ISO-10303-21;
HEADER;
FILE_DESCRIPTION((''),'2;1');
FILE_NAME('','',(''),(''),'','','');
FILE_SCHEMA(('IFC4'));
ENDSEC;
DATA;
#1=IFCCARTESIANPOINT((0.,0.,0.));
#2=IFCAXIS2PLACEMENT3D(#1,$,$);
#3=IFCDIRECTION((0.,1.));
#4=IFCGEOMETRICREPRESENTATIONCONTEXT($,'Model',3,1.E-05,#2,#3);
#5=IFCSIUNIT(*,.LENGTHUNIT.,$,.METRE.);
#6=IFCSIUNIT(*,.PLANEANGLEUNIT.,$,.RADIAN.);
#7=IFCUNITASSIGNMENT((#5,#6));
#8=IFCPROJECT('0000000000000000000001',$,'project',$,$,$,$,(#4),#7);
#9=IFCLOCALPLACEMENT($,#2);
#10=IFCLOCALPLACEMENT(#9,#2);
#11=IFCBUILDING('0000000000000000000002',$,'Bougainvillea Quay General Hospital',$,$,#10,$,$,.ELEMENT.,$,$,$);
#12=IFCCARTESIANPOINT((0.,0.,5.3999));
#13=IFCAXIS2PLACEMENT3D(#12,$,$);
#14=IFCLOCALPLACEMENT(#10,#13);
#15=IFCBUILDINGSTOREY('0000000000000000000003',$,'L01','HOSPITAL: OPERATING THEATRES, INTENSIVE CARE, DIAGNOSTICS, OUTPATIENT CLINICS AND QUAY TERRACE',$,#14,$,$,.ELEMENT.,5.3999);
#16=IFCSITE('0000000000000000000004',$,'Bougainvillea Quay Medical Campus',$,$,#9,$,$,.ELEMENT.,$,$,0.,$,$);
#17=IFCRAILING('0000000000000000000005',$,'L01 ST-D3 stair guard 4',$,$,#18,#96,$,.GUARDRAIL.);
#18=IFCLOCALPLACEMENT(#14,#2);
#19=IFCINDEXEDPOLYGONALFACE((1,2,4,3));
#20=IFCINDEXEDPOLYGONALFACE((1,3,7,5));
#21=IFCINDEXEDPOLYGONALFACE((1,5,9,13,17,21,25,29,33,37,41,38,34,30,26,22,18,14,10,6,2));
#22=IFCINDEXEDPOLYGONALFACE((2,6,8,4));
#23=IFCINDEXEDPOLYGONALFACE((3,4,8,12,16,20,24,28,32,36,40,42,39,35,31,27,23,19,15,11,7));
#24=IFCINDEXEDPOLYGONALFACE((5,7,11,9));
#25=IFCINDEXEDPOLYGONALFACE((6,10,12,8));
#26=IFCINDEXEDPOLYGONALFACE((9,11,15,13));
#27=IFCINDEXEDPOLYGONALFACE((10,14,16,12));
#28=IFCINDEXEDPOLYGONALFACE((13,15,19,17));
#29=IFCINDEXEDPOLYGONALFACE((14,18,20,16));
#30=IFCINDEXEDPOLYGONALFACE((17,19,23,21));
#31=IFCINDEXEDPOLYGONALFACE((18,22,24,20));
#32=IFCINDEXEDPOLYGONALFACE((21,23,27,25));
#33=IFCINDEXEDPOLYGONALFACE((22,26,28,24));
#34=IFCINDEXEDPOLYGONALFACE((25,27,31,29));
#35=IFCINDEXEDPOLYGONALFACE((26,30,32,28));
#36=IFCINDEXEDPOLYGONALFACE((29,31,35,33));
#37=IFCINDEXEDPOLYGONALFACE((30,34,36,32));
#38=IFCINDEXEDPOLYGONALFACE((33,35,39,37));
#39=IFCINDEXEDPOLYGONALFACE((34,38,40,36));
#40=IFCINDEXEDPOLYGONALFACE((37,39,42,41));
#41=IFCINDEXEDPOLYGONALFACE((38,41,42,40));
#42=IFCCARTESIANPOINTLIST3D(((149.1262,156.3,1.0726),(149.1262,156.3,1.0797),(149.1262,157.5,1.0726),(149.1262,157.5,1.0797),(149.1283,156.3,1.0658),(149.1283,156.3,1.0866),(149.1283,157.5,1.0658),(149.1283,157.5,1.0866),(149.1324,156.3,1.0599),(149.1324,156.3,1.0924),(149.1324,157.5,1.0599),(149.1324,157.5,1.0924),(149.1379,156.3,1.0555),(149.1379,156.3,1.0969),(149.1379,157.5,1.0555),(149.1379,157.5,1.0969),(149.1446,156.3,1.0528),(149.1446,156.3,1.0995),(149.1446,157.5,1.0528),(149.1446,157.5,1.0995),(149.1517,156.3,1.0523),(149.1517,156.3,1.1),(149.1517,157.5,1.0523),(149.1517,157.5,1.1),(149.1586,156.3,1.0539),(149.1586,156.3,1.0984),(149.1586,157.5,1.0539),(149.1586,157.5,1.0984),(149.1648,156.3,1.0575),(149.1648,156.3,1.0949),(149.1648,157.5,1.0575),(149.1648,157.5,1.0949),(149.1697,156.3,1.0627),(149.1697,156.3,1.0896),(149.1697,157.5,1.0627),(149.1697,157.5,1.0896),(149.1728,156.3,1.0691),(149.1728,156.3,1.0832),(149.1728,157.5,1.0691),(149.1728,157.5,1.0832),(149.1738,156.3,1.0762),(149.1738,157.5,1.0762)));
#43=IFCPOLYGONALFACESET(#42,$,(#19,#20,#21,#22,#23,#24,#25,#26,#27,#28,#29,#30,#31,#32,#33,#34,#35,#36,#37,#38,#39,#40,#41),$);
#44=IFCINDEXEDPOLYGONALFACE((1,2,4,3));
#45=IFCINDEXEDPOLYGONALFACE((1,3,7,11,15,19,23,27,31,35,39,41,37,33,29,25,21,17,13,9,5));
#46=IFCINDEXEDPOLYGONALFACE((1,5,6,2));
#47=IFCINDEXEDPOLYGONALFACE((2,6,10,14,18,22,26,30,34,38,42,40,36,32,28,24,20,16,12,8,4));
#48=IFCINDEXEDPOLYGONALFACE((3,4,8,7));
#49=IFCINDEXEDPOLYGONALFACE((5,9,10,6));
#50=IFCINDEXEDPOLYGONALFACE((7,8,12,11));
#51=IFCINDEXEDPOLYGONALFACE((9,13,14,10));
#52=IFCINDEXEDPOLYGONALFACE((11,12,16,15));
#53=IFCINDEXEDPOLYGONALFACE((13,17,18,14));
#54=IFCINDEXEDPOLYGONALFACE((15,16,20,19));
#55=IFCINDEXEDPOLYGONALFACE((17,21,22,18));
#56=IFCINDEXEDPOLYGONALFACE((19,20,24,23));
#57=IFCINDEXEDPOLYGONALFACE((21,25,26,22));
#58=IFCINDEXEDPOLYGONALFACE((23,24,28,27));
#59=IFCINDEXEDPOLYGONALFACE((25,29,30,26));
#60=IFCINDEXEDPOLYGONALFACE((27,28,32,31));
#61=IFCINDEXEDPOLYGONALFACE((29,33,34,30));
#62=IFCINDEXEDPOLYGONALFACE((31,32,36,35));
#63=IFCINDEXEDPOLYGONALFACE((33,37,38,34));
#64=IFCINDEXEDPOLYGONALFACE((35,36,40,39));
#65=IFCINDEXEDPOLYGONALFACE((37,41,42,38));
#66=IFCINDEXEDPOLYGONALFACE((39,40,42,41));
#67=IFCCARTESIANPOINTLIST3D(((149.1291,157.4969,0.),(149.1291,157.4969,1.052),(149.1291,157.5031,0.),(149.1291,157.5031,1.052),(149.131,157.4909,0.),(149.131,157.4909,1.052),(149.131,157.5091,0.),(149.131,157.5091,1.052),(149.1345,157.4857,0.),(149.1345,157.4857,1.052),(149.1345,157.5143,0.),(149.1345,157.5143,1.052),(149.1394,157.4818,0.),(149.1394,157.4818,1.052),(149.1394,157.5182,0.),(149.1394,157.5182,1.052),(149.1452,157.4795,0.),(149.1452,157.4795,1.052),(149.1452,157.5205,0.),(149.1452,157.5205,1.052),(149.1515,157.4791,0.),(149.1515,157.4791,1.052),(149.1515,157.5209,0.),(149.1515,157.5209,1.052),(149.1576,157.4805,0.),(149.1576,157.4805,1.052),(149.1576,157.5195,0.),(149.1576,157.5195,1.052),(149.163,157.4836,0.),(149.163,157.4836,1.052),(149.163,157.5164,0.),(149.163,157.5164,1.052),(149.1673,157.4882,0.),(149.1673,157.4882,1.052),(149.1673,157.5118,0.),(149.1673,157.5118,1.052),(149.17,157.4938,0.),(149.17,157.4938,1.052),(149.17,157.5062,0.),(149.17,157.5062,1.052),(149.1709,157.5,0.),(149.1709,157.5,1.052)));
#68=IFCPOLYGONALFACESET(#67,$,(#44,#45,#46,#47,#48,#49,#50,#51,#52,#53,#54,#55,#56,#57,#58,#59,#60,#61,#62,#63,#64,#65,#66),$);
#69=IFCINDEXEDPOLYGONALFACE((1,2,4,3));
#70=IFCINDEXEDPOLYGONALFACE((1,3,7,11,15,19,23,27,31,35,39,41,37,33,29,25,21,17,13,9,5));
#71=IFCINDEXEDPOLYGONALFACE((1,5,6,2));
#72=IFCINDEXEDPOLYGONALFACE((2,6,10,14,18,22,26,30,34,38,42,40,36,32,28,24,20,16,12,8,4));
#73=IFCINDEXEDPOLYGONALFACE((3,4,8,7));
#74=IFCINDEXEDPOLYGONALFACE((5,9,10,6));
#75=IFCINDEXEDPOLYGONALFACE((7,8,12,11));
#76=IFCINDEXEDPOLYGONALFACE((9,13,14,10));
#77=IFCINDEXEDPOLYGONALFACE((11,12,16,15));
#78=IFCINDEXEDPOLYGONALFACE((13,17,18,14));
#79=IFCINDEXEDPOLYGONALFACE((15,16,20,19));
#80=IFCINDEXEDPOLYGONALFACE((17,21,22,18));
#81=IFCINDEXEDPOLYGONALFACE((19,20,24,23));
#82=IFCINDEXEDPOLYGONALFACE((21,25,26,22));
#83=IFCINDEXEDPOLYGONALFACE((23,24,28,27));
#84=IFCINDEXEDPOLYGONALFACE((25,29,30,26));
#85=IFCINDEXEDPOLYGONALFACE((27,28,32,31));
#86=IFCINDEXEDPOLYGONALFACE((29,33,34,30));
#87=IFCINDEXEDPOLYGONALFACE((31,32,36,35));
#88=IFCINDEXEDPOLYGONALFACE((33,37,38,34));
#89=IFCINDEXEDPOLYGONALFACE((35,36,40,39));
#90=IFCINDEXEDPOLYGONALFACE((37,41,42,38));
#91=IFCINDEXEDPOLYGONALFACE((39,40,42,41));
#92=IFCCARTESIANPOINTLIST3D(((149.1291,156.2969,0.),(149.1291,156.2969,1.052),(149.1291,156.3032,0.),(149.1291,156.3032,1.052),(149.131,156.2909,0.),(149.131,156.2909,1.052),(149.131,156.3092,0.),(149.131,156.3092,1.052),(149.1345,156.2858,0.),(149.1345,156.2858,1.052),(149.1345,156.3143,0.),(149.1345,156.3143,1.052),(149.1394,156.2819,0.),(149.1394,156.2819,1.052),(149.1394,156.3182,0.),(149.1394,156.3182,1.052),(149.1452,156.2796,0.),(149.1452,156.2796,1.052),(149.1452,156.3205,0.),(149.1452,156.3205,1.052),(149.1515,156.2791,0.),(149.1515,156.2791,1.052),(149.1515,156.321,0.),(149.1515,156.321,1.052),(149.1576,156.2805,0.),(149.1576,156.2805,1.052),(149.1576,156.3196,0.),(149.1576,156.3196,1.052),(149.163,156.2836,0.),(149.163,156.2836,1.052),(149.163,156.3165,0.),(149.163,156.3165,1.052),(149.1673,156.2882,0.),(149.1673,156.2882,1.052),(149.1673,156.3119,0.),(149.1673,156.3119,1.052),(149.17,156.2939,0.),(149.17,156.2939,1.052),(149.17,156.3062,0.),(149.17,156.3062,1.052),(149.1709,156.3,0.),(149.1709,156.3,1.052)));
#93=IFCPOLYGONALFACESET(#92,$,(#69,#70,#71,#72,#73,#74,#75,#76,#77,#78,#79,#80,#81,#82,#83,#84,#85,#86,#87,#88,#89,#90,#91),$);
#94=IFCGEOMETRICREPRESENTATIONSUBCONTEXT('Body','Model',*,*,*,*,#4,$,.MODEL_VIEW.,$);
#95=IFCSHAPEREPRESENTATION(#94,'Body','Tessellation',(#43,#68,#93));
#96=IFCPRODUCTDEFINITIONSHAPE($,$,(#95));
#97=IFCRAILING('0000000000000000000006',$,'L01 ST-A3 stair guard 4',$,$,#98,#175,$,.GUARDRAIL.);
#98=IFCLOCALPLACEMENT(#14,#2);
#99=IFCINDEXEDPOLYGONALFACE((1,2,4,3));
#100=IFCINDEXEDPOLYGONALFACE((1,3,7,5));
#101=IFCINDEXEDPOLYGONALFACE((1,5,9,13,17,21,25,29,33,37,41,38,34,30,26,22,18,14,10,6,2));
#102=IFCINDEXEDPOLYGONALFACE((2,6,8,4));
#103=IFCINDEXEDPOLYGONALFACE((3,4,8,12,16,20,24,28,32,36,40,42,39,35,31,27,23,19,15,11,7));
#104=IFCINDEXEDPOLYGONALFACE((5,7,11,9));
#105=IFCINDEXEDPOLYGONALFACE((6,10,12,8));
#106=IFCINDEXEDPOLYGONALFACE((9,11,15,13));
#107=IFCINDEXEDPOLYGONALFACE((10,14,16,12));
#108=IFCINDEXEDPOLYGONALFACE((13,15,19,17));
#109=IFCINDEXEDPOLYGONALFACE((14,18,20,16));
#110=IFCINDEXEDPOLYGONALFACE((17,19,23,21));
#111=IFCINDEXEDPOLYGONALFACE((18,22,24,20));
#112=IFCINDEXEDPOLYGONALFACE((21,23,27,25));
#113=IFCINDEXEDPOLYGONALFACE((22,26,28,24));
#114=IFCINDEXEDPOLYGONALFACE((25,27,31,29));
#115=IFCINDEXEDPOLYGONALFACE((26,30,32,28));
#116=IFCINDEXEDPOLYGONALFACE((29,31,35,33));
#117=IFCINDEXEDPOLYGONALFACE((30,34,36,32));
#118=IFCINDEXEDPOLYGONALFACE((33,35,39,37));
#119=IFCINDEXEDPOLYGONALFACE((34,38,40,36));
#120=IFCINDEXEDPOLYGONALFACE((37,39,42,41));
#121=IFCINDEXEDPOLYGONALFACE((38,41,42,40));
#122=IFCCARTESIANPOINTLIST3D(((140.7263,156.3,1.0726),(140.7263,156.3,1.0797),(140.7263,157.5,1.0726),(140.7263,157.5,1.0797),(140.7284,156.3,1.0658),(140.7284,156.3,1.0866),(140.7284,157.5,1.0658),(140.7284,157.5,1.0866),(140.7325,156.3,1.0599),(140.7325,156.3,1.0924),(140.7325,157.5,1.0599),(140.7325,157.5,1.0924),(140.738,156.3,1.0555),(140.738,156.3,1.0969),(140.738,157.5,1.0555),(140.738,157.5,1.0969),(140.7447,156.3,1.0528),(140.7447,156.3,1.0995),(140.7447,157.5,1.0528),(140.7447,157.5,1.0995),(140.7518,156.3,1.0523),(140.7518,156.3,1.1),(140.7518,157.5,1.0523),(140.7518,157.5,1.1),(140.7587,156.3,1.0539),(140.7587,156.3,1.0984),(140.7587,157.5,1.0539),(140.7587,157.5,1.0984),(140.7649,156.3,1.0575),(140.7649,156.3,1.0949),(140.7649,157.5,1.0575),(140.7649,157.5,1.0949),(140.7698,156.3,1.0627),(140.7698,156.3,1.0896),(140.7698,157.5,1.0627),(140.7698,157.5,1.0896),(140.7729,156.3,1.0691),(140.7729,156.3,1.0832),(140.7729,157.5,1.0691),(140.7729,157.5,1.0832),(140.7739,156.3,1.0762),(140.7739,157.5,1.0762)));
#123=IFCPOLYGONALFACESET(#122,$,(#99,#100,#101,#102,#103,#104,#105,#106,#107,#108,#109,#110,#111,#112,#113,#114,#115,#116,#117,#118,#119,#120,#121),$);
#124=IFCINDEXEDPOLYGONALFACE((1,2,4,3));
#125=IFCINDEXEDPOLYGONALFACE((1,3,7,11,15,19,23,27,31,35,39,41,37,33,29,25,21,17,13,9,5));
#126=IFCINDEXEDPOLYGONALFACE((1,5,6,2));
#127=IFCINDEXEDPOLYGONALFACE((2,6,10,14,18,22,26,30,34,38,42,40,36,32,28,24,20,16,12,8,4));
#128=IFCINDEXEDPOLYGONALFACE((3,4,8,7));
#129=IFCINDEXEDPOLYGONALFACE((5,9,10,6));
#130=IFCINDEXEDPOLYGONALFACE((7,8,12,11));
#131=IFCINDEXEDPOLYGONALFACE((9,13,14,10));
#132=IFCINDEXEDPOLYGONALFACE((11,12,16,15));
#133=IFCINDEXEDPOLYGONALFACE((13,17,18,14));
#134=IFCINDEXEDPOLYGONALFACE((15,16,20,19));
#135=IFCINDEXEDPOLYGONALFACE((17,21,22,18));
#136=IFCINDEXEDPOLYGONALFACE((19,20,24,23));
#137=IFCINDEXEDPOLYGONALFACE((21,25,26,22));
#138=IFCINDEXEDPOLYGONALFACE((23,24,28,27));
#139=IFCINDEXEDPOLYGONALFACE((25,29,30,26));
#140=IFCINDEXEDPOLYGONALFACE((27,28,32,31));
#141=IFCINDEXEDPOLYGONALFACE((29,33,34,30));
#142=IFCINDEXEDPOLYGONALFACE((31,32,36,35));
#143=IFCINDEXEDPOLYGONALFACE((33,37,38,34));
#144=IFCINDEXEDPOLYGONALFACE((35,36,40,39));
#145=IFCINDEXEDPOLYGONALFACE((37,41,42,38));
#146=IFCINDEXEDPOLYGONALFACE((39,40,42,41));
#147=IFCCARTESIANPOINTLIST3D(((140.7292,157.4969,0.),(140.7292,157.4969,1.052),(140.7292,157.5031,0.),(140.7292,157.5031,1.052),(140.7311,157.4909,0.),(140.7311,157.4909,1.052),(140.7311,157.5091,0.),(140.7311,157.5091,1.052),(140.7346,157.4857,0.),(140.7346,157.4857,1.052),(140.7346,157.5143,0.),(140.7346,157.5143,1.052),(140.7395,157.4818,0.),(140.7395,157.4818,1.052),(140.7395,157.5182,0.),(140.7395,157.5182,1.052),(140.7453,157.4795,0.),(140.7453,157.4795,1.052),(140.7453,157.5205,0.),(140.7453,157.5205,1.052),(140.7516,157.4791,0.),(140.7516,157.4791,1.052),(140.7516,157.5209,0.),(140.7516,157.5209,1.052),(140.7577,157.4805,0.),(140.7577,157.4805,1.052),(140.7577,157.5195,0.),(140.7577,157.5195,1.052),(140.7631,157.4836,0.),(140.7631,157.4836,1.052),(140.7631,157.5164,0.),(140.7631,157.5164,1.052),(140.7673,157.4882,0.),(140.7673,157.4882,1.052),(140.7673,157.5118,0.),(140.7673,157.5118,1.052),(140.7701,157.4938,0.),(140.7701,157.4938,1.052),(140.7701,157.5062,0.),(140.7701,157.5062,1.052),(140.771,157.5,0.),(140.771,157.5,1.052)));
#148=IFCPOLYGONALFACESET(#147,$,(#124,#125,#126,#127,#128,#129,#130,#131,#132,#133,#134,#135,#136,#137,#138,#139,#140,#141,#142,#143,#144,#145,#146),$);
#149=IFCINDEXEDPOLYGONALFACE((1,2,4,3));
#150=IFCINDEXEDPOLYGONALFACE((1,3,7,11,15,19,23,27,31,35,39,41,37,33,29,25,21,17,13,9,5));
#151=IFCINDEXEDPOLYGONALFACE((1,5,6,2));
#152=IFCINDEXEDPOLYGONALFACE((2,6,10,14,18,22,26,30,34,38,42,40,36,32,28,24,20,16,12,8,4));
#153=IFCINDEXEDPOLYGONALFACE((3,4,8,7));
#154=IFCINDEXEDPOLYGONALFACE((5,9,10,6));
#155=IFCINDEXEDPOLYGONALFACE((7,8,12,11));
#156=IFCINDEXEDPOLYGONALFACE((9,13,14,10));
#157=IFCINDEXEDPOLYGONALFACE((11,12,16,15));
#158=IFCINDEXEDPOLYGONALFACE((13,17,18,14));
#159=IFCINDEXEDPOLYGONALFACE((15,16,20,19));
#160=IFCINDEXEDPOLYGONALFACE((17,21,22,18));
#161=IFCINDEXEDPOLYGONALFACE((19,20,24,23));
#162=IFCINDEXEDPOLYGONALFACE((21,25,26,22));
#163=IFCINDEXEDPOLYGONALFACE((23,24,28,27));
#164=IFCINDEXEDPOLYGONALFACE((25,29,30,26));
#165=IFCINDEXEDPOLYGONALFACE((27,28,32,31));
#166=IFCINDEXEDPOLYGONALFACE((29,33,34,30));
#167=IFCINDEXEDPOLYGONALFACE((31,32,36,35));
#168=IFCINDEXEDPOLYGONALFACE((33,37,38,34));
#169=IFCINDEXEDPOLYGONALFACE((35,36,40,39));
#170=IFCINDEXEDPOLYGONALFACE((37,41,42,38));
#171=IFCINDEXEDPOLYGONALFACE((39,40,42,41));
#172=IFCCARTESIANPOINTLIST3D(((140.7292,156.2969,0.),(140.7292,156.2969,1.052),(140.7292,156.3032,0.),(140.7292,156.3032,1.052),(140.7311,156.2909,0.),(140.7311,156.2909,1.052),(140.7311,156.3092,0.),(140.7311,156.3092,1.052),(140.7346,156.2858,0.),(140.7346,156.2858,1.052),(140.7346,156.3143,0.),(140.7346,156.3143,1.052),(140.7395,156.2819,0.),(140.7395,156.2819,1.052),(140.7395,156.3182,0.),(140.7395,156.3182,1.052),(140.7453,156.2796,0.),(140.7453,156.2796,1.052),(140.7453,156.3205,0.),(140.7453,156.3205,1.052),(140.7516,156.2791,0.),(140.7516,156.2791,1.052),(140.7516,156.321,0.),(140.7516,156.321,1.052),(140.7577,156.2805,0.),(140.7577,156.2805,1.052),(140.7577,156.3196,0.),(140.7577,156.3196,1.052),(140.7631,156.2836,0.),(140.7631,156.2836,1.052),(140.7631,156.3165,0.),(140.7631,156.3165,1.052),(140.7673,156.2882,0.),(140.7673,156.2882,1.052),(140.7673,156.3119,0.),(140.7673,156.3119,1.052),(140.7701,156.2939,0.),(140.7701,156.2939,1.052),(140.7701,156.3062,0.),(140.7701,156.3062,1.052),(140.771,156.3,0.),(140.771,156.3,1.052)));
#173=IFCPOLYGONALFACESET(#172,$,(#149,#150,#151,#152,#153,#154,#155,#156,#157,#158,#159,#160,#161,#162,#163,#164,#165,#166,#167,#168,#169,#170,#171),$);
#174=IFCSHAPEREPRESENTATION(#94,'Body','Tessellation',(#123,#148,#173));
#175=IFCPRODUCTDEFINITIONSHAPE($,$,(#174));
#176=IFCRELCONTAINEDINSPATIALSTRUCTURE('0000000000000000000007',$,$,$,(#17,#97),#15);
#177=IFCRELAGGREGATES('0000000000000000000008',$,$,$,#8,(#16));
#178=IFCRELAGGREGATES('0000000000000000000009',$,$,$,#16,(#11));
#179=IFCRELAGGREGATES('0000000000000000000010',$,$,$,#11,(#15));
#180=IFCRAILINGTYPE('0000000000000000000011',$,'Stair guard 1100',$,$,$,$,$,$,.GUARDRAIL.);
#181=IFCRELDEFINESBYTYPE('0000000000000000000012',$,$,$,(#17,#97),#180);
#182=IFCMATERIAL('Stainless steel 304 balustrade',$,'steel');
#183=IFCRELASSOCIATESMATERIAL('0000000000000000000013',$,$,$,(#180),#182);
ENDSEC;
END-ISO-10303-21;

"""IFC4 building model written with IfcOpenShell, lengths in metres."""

from ifc_helpers import new_model, si_unit, direction, frame, origin, origin_2d, place, context, subcontext, project, spatial, circle, extrude, material, type_object, element, save


model = new_model("IFC4")

# Units and contexts
model_context = context("Model", 3, precision=1e-05, world=origin(), true_north=direction((0.0, 1.0)))
body_context = subcontext(model_context, "Body", "Model", "MODEL_VIEW")
ifc_project = project(units=[si_unit("LENGTHUNIT", "METRE"), si_unit("PLANEANGLEUNIT", "RADIAN")], contexts=[model_context])

# Site, building, storey
site_placement = place(None, origin())
site = spatial("IfcSite", under=ifc_project, at=site_placement, Name="Bougainvillea Quay Medical Campus", CompositionType="ELEMENT", RefElevation=0.0)
building_placement = place(site_placement, origin())
building = spatial("IfcBuilding", under=site, at=building_placement, Name="Bougainvillea Quay General Hospital", CompositionType="ELEMENT")
storey_placement = place(building_placement, frame((0.0, 0.0, 5.3999)))
storey = spatial("IfcBuildingStorey", under=building, at=storey_placement, Name="L01", Description="HOSPITAL: OPERATING THEATRES, INTENSIVE CARE, DIAGNOSTICS, OUTPATIENT CLINICS AND QUAY TERRACE", CompositionType="ELEMENT", Elevation=5.3999)

# Railings
ifc_material_1 = material(Name="Stainless steel 304 balustrade", Category="steel")
railing_type_1 = type_object("IfcRailingType", Name="Stair guard 1100", PredefinedType="GUARDRAIL", material=ifc_material_1)
for number, where, name in (
    (1, (149.1499, 157.5, 0.0), "L01 ST-D3 stair guard 4"),
    (2, (140.75, 157.5, 0.0), "L01 ST-A3 stair guard 4"),
):
    element("IfcRailing", number, at=place(storey_placement, frame(where)), inside=storey, type_object=railing_type_1, Name=name, PredefinedType="GUARDRAIL", context=body_context, shape_type="SweptSolid", body=[
        extrude(circle(Radius=0.0239, at=origin_2d()), frame((0.0, 0.0, 1.0762), z_axis=(0.0, -1.0, 0.0), x_axis=(1.0, 0.0, 0.0)), (0.0, 0.0, 1.0), 1.2),
        extrude(circle(Radius=0.021, at=origin_2d()), origin(), (0.0, 0.0, 1.0), 1.052),
        extrude(circle(Radius=0.021, at=origin_2d()), frame((0.0, -1.2, 0.0)), (0.0, 0.0, 1.0), 1.052),
    ])

save(model, "model.ifc")
